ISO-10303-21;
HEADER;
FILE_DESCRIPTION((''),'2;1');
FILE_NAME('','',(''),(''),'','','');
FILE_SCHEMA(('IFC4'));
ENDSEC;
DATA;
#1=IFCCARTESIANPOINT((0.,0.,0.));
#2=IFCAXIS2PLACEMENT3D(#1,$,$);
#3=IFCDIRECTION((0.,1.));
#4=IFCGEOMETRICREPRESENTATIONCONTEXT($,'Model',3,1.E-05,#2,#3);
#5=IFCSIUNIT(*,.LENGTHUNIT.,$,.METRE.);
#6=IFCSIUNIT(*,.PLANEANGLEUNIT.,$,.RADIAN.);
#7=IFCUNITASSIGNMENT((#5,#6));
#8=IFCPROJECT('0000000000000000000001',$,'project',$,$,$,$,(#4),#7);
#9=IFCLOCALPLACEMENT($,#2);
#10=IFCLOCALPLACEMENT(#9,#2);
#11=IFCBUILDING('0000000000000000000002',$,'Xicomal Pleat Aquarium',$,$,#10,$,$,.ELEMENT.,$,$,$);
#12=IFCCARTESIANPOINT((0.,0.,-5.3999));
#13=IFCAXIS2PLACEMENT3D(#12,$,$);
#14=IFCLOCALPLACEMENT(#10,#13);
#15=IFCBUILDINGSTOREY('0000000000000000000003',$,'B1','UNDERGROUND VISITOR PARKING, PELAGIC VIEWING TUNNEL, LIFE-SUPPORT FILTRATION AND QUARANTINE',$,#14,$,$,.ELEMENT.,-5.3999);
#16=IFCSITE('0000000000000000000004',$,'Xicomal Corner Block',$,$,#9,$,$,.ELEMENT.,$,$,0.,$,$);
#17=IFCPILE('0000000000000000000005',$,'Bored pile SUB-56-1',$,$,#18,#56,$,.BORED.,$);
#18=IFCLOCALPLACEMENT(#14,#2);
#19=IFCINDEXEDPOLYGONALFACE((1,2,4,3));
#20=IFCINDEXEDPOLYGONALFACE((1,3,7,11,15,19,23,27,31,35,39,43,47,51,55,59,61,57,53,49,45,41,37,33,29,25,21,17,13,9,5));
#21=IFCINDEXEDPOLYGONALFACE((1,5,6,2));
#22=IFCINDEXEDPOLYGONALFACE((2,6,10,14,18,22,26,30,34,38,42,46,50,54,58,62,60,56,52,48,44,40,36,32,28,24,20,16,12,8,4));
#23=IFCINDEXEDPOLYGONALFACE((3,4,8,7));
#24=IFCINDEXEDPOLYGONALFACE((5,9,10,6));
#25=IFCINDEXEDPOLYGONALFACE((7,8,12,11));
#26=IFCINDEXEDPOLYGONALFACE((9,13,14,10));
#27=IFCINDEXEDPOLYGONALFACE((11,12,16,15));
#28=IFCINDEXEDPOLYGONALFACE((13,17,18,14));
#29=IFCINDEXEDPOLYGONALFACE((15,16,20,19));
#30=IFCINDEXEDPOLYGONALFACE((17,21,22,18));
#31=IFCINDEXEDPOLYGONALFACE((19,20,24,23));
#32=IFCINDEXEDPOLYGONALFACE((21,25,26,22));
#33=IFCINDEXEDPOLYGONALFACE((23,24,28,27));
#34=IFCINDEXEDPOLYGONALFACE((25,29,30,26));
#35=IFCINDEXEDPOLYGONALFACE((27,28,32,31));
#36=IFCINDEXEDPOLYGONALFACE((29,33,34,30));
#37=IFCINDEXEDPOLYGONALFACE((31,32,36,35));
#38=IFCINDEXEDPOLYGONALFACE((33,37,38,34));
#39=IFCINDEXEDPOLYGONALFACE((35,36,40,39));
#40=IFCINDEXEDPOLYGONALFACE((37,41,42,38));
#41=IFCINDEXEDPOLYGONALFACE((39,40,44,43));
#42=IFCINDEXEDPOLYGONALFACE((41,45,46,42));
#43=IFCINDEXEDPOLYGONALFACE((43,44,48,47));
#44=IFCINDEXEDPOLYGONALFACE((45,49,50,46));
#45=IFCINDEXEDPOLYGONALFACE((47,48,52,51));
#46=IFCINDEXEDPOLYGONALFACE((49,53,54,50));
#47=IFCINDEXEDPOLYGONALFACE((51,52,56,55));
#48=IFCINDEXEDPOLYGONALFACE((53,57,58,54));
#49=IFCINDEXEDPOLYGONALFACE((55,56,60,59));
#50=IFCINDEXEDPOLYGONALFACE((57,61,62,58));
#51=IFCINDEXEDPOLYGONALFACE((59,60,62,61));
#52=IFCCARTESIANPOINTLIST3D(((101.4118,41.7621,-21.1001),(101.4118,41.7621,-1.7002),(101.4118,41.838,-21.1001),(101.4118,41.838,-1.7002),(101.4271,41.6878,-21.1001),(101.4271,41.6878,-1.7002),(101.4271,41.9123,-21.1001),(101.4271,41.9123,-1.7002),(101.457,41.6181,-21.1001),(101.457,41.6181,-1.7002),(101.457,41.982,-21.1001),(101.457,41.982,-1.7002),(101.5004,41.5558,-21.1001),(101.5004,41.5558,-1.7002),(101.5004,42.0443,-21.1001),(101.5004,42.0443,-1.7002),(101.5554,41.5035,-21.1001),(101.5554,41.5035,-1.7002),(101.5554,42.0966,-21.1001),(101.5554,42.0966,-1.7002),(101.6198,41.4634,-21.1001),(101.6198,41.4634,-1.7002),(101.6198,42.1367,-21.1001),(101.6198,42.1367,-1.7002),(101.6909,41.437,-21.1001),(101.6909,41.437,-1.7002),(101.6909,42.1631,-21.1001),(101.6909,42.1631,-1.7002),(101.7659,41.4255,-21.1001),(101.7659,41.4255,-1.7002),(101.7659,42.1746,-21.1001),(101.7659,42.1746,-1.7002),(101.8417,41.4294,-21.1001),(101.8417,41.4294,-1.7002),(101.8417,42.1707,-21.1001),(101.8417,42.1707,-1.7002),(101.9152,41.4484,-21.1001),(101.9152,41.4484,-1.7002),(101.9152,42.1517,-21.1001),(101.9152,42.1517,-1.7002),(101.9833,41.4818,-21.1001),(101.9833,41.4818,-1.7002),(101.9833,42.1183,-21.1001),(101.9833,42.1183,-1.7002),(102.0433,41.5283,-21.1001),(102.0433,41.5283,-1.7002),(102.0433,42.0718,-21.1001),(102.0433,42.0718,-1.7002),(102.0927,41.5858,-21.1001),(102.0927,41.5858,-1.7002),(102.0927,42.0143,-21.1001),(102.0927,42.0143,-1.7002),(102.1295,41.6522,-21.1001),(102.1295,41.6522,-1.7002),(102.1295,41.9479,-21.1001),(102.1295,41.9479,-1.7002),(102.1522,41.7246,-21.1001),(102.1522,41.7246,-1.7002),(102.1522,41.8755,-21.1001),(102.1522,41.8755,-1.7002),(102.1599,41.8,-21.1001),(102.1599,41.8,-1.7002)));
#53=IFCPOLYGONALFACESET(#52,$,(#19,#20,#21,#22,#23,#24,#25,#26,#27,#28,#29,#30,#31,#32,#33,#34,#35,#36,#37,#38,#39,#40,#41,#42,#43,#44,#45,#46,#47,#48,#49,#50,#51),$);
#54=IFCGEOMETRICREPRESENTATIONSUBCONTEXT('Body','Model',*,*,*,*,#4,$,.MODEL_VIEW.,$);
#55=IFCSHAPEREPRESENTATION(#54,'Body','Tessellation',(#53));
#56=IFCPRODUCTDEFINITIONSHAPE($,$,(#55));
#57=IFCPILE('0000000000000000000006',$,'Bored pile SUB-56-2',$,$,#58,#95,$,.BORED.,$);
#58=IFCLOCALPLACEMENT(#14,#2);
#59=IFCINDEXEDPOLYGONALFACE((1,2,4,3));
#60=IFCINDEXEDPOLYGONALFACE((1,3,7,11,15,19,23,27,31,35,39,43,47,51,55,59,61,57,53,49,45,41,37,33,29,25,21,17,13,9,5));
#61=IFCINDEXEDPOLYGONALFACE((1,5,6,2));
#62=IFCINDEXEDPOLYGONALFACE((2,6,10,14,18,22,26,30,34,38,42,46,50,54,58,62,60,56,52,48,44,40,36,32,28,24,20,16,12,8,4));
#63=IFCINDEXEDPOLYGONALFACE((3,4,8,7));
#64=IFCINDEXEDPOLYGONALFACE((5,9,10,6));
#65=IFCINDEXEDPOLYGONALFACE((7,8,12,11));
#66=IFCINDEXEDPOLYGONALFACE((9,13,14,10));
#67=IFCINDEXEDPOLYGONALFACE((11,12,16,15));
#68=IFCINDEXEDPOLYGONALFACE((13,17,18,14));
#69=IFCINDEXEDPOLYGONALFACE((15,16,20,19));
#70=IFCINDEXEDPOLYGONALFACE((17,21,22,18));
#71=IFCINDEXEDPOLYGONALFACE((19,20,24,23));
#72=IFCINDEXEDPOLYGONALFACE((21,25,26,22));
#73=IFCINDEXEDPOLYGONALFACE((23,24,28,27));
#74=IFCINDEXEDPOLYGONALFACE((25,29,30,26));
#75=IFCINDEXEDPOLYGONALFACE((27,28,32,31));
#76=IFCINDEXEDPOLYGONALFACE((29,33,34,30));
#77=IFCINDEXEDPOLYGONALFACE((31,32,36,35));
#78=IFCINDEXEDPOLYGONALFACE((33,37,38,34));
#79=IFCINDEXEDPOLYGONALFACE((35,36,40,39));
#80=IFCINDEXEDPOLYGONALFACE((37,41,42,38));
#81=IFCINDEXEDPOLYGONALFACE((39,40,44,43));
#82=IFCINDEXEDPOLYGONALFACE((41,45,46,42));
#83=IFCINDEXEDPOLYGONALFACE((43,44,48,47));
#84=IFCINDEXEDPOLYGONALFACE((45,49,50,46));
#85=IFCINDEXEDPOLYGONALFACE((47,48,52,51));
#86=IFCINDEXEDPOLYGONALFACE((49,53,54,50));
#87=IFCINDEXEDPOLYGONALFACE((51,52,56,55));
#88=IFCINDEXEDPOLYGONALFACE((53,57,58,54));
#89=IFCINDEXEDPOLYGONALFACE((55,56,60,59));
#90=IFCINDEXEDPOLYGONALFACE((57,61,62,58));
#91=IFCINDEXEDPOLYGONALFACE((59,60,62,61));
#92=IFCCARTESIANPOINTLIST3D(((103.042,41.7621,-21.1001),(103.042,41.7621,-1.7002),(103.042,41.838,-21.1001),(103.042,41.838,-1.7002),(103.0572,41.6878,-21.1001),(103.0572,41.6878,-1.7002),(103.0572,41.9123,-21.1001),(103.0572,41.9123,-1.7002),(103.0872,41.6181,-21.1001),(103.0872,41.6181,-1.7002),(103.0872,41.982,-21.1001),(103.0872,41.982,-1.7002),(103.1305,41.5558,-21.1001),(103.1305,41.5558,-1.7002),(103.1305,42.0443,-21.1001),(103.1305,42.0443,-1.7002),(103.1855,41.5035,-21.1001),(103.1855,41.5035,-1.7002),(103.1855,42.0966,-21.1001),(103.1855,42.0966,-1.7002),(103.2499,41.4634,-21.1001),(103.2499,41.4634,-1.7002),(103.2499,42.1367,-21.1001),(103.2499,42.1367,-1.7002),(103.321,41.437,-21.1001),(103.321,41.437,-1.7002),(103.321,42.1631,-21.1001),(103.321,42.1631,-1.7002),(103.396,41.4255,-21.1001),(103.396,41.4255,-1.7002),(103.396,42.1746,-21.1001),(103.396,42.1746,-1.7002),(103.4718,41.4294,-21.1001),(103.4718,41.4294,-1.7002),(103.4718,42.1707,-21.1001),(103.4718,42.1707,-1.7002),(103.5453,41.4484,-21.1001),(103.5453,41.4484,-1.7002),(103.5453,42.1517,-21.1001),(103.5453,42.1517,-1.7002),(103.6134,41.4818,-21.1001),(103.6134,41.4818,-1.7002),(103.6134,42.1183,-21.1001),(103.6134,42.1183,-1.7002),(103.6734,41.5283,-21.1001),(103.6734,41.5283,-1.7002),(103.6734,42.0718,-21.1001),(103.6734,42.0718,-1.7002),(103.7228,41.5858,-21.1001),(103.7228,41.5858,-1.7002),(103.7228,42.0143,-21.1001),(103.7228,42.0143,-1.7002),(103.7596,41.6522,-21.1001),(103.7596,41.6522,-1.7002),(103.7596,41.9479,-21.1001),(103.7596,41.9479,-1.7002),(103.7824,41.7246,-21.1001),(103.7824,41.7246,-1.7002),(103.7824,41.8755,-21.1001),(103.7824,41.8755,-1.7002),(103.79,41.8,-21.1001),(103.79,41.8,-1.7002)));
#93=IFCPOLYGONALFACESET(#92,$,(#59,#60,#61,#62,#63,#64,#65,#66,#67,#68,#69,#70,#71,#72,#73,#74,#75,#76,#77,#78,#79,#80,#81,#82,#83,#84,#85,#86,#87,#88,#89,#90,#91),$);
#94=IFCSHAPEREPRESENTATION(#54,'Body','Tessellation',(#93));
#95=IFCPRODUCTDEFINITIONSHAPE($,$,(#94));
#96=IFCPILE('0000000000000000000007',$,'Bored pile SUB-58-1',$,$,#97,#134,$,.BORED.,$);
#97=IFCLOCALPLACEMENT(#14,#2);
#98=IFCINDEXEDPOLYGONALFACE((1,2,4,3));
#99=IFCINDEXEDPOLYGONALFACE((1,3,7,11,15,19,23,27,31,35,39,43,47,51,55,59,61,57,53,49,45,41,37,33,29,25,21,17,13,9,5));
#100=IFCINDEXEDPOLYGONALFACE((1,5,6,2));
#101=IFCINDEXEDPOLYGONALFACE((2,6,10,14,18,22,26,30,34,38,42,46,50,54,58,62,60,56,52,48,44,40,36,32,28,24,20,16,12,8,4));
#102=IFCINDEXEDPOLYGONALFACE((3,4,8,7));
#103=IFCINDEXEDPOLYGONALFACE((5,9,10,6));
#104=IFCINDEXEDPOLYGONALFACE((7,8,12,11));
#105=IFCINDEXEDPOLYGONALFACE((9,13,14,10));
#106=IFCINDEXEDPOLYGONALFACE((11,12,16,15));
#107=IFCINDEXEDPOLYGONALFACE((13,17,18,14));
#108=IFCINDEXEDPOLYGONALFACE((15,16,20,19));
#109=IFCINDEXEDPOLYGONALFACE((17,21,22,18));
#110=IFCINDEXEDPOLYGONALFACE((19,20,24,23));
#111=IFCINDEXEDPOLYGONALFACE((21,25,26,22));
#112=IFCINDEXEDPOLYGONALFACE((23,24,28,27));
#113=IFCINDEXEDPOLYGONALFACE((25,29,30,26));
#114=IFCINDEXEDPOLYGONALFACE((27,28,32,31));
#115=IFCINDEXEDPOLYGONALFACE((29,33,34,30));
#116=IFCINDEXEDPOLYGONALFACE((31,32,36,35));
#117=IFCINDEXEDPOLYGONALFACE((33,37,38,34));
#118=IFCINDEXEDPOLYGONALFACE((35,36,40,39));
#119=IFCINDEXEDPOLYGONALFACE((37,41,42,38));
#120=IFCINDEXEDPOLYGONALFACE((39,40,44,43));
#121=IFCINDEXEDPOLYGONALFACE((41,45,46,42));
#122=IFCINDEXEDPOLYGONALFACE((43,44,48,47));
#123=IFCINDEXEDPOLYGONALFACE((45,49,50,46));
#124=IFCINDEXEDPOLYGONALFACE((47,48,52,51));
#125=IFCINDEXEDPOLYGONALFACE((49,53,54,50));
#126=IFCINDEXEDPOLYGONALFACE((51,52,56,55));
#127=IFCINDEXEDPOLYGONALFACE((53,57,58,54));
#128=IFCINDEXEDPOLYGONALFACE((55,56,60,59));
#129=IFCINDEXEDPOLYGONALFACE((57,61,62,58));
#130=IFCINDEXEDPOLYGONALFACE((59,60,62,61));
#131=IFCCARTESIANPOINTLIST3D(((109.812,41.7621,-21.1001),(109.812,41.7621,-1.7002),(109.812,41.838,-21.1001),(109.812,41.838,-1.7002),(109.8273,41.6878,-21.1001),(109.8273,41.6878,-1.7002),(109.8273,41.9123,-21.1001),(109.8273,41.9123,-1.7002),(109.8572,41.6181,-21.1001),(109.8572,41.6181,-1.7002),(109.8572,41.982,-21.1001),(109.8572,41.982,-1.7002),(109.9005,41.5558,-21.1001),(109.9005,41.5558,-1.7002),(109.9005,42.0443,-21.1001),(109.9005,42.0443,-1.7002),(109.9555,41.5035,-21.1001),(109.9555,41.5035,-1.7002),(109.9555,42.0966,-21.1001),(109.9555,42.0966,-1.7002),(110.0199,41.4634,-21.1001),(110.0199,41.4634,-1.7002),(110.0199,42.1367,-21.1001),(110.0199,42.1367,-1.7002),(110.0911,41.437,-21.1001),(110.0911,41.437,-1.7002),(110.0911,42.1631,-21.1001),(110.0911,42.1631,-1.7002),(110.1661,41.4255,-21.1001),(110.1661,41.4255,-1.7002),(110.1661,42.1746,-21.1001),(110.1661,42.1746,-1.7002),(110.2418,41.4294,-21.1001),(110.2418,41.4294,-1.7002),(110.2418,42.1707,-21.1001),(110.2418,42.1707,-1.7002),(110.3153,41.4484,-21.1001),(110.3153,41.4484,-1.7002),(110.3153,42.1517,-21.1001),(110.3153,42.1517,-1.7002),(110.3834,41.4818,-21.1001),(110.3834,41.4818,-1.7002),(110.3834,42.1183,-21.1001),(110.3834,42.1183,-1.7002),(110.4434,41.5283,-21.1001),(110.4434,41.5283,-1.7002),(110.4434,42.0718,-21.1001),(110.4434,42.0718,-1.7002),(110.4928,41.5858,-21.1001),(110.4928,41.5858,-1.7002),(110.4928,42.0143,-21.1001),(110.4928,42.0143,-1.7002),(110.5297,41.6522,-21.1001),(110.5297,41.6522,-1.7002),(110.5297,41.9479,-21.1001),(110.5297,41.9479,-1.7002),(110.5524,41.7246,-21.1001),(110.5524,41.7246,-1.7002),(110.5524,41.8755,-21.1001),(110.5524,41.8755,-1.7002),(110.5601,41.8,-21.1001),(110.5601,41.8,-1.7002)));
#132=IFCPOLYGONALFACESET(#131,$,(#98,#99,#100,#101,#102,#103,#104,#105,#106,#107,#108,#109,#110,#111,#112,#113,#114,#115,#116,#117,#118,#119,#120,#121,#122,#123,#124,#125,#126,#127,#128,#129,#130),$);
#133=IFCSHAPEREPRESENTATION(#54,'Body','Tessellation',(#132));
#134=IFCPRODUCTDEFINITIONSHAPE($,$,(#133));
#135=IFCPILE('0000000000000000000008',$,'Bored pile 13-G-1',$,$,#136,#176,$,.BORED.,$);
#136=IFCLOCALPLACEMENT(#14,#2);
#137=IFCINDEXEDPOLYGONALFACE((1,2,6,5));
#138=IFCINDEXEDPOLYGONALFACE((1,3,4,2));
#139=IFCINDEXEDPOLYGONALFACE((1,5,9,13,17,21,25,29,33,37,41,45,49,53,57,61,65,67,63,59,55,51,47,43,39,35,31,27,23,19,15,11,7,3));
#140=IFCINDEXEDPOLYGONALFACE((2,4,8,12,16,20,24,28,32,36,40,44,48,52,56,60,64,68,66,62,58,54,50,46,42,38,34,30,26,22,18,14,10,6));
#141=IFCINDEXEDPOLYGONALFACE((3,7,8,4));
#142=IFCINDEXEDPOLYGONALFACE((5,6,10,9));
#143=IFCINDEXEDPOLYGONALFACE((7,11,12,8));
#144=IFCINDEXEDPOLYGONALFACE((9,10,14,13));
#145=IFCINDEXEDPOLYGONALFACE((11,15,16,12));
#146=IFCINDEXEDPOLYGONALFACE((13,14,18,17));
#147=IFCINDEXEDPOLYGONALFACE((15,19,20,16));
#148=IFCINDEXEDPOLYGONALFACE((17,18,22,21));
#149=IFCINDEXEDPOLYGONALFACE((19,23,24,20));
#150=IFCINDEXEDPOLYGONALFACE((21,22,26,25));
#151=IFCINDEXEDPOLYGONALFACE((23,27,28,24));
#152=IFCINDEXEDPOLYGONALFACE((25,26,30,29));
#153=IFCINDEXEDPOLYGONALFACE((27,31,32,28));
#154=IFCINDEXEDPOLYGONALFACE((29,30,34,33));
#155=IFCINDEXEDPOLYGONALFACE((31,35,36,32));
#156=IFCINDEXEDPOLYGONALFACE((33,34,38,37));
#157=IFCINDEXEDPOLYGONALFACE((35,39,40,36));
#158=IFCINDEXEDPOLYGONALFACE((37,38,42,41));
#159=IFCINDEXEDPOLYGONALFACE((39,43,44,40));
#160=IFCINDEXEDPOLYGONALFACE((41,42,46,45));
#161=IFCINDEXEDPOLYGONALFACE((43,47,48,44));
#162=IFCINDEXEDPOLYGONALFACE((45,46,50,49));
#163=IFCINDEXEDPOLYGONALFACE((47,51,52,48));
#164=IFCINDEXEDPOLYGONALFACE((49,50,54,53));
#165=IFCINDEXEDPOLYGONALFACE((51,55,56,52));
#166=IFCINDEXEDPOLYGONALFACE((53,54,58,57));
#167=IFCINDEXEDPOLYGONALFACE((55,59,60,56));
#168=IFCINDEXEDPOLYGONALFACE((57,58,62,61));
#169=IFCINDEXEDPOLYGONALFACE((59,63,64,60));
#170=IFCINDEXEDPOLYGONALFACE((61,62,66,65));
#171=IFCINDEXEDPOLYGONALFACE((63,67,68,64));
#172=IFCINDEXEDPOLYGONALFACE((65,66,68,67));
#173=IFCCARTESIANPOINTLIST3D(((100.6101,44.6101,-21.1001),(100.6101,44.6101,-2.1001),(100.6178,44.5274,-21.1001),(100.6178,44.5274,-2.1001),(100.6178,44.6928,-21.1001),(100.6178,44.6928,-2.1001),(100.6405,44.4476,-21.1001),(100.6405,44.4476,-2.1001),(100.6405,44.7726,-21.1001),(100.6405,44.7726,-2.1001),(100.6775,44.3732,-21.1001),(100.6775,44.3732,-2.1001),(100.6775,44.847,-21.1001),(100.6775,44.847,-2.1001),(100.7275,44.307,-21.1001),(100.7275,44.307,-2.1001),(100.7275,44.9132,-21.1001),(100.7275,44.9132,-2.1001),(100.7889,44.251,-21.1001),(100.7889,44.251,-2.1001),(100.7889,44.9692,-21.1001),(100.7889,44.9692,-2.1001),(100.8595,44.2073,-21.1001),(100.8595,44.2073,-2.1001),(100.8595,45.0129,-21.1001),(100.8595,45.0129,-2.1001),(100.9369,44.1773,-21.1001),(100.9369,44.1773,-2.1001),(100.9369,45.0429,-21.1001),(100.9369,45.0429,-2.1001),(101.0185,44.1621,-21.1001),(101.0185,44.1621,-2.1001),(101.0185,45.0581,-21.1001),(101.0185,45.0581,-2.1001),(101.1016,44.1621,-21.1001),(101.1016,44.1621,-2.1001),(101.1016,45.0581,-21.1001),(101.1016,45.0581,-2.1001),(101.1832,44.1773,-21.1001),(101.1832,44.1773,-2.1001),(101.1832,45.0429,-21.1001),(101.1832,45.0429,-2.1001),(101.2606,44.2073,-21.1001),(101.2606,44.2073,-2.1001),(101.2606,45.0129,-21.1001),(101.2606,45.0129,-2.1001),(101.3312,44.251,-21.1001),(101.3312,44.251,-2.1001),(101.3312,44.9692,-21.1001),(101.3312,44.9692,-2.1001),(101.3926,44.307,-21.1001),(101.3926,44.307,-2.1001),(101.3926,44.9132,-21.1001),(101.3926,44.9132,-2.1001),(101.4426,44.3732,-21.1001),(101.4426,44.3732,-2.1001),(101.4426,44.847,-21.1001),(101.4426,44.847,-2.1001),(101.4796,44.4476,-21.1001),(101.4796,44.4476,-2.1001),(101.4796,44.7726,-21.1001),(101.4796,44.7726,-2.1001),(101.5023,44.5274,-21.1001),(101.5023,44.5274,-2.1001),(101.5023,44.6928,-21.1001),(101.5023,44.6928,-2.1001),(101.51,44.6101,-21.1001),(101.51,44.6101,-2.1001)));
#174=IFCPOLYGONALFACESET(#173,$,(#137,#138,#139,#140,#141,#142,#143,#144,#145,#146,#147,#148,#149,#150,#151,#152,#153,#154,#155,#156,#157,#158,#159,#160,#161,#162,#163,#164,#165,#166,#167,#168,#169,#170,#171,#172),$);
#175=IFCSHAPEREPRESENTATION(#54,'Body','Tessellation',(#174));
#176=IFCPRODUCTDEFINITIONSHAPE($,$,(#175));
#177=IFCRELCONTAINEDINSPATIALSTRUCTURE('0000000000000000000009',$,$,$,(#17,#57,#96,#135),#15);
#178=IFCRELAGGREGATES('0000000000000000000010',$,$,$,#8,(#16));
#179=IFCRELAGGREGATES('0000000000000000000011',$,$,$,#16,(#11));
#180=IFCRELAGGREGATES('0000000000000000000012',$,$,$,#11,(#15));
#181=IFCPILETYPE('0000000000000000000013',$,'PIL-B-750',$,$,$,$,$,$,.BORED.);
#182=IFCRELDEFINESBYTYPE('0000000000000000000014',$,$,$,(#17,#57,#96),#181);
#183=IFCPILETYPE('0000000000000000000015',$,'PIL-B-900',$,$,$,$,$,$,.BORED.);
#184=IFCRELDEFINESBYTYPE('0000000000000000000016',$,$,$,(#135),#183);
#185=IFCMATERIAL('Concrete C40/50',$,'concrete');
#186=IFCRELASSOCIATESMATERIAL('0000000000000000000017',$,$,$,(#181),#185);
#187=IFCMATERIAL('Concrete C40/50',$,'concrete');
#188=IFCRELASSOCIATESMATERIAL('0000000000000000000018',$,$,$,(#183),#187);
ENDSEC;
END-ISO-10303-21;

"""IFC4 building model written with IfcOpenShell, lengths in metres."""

from ifc_helpers import new_model, si_unit, direction, frame, origin, origin_2d, place, context, subcontext, project, spatial, circle, extrude, material, material_profile, profile_set, type_object, element, save


model = new_model("IFC4")

# Units and contexts
model_context = context("Model", 3, precision=1e-05, world=origin(), true_north=direction((0.0, 1.0)))
body_context = subcontext(model_context, "Body", "Model", "MODEL_VIEW")
ifc_project = project(units=[si_unit("LENGTHUNIT", "METRE"), si_unit("PLANEANGLEUNIT", "RADIAN")], contexts=[model_context])

# Site, building, storey
site_placement = place(None, origin())
site = spatial("IfcSite", under=ifc_project, at=site_placement, Name="Xicomal Corner Block", CompositionType="ELEMENT", RefElevation=0.0)
building_placement = place(site_placement, origin())
building = spatial("IfcBuilding", under=site, at=building_placement, Name="Xicomal Pleat Aquarium", CompositionType="ELEMENT")
storey_placement = place(building_placement, frame((0.0, 0.0, -5.3999)))
storey = spatial("IfcBuildingStorey", under=building, at=storey_placement, Name="B1", Description="UNDERGROUND VISITOR PARKING, PELAGIC VIEWING TUNNEL, LIFE-SUPPORT FILTRATION AND QUARANTINE", CompositionType="ELEMENT", Elevation=-5.3999)

# Piles
ifc_material_1 = material(Name="Concrete C40/50", Category="concrete")
ifc_material_profile_1 = material_profile(ifc_material_1, circle(Radius=0.375, at=origin_2d()), Name="BORED PILE D750")
ifc_profile_set_1 = profile_set([ifc_material_profile_1], Name="Concrete C40/50")
pile_type_1 = type_object("IfcPileType", Name="PIL-B-750", PredefinedType="BORED", material=ifc_profile_set_1)
for number, where, z_axis, x_axis, name in (
    (1, (101.7849, 41.8, -1.7002), (0.0, 0.0, -1.0), (1.0, 0.0, 0.0), "Bored pile SUB-56-1"),
    (2, (103.415, 41.8, -1.7002), (0.0, 0.0, -1.0), (1.0, 0.0, 0.0), "Bored pile SUB-56-2"),
    (3, (110.1851, 41.8, -1.7002), (0.0, 0.0, -1.0), (1.0, 0.0, 0.0), "Bored pile SUB-58-1"),
):
    element("IfcPile", number, at=place(storey_placement, frame(where, z_axis=z_axis, x_axis=x_axis)), inside=storey, type_object=pile_type_1, Name=name, PredefinedType="BORED", context=body_context, shape_type="SweptSolid", body=[
        extrude(circle(Radius=0.375, at=origin_2d()), origin(), (0.0, 0.0, 1.0), 19.3999),
    ])
ifc_material_2 = material(Name="Concrete C40/50", Category="concrete")
ifc_material_profile_2 = material_profile(ifc_material_2, circle(Radius=0.45, at=origin_2d()), Name="BORED PILE D900")
ifc_profile_set_2 = profile_set([ifc_material_profile_2], Name="Concrete C40/50")
pile_type_2 = type_object("IfcPileType", Name="PIL-B-900", PredefinedType="BORED", material=ifc_profile_set_2)
for number, where, z_axis, x_axis, name in (
    (4, (101.0601, 44.6101, -2.1001), (0.0, 0.0, -1.0), (1.0, 0.0, 0.0), "Bored pile 13-G-1"),
):
    element("IfcPile", number, at=place(storey_placement, frame(where, z_axis=z_axis, x_axis=x_axis)), inside=storey, type_object=pile_type_2, Name=name, PredefinedType="BORED", context=body_context, shape_type="SweptSolid", body=[
        extrude(circle(Radius=0.45, at=origin_2d()), origin(), (0.0, 0.0, 1.0), 19.0),
    ])

save(model, "model.ifc")
